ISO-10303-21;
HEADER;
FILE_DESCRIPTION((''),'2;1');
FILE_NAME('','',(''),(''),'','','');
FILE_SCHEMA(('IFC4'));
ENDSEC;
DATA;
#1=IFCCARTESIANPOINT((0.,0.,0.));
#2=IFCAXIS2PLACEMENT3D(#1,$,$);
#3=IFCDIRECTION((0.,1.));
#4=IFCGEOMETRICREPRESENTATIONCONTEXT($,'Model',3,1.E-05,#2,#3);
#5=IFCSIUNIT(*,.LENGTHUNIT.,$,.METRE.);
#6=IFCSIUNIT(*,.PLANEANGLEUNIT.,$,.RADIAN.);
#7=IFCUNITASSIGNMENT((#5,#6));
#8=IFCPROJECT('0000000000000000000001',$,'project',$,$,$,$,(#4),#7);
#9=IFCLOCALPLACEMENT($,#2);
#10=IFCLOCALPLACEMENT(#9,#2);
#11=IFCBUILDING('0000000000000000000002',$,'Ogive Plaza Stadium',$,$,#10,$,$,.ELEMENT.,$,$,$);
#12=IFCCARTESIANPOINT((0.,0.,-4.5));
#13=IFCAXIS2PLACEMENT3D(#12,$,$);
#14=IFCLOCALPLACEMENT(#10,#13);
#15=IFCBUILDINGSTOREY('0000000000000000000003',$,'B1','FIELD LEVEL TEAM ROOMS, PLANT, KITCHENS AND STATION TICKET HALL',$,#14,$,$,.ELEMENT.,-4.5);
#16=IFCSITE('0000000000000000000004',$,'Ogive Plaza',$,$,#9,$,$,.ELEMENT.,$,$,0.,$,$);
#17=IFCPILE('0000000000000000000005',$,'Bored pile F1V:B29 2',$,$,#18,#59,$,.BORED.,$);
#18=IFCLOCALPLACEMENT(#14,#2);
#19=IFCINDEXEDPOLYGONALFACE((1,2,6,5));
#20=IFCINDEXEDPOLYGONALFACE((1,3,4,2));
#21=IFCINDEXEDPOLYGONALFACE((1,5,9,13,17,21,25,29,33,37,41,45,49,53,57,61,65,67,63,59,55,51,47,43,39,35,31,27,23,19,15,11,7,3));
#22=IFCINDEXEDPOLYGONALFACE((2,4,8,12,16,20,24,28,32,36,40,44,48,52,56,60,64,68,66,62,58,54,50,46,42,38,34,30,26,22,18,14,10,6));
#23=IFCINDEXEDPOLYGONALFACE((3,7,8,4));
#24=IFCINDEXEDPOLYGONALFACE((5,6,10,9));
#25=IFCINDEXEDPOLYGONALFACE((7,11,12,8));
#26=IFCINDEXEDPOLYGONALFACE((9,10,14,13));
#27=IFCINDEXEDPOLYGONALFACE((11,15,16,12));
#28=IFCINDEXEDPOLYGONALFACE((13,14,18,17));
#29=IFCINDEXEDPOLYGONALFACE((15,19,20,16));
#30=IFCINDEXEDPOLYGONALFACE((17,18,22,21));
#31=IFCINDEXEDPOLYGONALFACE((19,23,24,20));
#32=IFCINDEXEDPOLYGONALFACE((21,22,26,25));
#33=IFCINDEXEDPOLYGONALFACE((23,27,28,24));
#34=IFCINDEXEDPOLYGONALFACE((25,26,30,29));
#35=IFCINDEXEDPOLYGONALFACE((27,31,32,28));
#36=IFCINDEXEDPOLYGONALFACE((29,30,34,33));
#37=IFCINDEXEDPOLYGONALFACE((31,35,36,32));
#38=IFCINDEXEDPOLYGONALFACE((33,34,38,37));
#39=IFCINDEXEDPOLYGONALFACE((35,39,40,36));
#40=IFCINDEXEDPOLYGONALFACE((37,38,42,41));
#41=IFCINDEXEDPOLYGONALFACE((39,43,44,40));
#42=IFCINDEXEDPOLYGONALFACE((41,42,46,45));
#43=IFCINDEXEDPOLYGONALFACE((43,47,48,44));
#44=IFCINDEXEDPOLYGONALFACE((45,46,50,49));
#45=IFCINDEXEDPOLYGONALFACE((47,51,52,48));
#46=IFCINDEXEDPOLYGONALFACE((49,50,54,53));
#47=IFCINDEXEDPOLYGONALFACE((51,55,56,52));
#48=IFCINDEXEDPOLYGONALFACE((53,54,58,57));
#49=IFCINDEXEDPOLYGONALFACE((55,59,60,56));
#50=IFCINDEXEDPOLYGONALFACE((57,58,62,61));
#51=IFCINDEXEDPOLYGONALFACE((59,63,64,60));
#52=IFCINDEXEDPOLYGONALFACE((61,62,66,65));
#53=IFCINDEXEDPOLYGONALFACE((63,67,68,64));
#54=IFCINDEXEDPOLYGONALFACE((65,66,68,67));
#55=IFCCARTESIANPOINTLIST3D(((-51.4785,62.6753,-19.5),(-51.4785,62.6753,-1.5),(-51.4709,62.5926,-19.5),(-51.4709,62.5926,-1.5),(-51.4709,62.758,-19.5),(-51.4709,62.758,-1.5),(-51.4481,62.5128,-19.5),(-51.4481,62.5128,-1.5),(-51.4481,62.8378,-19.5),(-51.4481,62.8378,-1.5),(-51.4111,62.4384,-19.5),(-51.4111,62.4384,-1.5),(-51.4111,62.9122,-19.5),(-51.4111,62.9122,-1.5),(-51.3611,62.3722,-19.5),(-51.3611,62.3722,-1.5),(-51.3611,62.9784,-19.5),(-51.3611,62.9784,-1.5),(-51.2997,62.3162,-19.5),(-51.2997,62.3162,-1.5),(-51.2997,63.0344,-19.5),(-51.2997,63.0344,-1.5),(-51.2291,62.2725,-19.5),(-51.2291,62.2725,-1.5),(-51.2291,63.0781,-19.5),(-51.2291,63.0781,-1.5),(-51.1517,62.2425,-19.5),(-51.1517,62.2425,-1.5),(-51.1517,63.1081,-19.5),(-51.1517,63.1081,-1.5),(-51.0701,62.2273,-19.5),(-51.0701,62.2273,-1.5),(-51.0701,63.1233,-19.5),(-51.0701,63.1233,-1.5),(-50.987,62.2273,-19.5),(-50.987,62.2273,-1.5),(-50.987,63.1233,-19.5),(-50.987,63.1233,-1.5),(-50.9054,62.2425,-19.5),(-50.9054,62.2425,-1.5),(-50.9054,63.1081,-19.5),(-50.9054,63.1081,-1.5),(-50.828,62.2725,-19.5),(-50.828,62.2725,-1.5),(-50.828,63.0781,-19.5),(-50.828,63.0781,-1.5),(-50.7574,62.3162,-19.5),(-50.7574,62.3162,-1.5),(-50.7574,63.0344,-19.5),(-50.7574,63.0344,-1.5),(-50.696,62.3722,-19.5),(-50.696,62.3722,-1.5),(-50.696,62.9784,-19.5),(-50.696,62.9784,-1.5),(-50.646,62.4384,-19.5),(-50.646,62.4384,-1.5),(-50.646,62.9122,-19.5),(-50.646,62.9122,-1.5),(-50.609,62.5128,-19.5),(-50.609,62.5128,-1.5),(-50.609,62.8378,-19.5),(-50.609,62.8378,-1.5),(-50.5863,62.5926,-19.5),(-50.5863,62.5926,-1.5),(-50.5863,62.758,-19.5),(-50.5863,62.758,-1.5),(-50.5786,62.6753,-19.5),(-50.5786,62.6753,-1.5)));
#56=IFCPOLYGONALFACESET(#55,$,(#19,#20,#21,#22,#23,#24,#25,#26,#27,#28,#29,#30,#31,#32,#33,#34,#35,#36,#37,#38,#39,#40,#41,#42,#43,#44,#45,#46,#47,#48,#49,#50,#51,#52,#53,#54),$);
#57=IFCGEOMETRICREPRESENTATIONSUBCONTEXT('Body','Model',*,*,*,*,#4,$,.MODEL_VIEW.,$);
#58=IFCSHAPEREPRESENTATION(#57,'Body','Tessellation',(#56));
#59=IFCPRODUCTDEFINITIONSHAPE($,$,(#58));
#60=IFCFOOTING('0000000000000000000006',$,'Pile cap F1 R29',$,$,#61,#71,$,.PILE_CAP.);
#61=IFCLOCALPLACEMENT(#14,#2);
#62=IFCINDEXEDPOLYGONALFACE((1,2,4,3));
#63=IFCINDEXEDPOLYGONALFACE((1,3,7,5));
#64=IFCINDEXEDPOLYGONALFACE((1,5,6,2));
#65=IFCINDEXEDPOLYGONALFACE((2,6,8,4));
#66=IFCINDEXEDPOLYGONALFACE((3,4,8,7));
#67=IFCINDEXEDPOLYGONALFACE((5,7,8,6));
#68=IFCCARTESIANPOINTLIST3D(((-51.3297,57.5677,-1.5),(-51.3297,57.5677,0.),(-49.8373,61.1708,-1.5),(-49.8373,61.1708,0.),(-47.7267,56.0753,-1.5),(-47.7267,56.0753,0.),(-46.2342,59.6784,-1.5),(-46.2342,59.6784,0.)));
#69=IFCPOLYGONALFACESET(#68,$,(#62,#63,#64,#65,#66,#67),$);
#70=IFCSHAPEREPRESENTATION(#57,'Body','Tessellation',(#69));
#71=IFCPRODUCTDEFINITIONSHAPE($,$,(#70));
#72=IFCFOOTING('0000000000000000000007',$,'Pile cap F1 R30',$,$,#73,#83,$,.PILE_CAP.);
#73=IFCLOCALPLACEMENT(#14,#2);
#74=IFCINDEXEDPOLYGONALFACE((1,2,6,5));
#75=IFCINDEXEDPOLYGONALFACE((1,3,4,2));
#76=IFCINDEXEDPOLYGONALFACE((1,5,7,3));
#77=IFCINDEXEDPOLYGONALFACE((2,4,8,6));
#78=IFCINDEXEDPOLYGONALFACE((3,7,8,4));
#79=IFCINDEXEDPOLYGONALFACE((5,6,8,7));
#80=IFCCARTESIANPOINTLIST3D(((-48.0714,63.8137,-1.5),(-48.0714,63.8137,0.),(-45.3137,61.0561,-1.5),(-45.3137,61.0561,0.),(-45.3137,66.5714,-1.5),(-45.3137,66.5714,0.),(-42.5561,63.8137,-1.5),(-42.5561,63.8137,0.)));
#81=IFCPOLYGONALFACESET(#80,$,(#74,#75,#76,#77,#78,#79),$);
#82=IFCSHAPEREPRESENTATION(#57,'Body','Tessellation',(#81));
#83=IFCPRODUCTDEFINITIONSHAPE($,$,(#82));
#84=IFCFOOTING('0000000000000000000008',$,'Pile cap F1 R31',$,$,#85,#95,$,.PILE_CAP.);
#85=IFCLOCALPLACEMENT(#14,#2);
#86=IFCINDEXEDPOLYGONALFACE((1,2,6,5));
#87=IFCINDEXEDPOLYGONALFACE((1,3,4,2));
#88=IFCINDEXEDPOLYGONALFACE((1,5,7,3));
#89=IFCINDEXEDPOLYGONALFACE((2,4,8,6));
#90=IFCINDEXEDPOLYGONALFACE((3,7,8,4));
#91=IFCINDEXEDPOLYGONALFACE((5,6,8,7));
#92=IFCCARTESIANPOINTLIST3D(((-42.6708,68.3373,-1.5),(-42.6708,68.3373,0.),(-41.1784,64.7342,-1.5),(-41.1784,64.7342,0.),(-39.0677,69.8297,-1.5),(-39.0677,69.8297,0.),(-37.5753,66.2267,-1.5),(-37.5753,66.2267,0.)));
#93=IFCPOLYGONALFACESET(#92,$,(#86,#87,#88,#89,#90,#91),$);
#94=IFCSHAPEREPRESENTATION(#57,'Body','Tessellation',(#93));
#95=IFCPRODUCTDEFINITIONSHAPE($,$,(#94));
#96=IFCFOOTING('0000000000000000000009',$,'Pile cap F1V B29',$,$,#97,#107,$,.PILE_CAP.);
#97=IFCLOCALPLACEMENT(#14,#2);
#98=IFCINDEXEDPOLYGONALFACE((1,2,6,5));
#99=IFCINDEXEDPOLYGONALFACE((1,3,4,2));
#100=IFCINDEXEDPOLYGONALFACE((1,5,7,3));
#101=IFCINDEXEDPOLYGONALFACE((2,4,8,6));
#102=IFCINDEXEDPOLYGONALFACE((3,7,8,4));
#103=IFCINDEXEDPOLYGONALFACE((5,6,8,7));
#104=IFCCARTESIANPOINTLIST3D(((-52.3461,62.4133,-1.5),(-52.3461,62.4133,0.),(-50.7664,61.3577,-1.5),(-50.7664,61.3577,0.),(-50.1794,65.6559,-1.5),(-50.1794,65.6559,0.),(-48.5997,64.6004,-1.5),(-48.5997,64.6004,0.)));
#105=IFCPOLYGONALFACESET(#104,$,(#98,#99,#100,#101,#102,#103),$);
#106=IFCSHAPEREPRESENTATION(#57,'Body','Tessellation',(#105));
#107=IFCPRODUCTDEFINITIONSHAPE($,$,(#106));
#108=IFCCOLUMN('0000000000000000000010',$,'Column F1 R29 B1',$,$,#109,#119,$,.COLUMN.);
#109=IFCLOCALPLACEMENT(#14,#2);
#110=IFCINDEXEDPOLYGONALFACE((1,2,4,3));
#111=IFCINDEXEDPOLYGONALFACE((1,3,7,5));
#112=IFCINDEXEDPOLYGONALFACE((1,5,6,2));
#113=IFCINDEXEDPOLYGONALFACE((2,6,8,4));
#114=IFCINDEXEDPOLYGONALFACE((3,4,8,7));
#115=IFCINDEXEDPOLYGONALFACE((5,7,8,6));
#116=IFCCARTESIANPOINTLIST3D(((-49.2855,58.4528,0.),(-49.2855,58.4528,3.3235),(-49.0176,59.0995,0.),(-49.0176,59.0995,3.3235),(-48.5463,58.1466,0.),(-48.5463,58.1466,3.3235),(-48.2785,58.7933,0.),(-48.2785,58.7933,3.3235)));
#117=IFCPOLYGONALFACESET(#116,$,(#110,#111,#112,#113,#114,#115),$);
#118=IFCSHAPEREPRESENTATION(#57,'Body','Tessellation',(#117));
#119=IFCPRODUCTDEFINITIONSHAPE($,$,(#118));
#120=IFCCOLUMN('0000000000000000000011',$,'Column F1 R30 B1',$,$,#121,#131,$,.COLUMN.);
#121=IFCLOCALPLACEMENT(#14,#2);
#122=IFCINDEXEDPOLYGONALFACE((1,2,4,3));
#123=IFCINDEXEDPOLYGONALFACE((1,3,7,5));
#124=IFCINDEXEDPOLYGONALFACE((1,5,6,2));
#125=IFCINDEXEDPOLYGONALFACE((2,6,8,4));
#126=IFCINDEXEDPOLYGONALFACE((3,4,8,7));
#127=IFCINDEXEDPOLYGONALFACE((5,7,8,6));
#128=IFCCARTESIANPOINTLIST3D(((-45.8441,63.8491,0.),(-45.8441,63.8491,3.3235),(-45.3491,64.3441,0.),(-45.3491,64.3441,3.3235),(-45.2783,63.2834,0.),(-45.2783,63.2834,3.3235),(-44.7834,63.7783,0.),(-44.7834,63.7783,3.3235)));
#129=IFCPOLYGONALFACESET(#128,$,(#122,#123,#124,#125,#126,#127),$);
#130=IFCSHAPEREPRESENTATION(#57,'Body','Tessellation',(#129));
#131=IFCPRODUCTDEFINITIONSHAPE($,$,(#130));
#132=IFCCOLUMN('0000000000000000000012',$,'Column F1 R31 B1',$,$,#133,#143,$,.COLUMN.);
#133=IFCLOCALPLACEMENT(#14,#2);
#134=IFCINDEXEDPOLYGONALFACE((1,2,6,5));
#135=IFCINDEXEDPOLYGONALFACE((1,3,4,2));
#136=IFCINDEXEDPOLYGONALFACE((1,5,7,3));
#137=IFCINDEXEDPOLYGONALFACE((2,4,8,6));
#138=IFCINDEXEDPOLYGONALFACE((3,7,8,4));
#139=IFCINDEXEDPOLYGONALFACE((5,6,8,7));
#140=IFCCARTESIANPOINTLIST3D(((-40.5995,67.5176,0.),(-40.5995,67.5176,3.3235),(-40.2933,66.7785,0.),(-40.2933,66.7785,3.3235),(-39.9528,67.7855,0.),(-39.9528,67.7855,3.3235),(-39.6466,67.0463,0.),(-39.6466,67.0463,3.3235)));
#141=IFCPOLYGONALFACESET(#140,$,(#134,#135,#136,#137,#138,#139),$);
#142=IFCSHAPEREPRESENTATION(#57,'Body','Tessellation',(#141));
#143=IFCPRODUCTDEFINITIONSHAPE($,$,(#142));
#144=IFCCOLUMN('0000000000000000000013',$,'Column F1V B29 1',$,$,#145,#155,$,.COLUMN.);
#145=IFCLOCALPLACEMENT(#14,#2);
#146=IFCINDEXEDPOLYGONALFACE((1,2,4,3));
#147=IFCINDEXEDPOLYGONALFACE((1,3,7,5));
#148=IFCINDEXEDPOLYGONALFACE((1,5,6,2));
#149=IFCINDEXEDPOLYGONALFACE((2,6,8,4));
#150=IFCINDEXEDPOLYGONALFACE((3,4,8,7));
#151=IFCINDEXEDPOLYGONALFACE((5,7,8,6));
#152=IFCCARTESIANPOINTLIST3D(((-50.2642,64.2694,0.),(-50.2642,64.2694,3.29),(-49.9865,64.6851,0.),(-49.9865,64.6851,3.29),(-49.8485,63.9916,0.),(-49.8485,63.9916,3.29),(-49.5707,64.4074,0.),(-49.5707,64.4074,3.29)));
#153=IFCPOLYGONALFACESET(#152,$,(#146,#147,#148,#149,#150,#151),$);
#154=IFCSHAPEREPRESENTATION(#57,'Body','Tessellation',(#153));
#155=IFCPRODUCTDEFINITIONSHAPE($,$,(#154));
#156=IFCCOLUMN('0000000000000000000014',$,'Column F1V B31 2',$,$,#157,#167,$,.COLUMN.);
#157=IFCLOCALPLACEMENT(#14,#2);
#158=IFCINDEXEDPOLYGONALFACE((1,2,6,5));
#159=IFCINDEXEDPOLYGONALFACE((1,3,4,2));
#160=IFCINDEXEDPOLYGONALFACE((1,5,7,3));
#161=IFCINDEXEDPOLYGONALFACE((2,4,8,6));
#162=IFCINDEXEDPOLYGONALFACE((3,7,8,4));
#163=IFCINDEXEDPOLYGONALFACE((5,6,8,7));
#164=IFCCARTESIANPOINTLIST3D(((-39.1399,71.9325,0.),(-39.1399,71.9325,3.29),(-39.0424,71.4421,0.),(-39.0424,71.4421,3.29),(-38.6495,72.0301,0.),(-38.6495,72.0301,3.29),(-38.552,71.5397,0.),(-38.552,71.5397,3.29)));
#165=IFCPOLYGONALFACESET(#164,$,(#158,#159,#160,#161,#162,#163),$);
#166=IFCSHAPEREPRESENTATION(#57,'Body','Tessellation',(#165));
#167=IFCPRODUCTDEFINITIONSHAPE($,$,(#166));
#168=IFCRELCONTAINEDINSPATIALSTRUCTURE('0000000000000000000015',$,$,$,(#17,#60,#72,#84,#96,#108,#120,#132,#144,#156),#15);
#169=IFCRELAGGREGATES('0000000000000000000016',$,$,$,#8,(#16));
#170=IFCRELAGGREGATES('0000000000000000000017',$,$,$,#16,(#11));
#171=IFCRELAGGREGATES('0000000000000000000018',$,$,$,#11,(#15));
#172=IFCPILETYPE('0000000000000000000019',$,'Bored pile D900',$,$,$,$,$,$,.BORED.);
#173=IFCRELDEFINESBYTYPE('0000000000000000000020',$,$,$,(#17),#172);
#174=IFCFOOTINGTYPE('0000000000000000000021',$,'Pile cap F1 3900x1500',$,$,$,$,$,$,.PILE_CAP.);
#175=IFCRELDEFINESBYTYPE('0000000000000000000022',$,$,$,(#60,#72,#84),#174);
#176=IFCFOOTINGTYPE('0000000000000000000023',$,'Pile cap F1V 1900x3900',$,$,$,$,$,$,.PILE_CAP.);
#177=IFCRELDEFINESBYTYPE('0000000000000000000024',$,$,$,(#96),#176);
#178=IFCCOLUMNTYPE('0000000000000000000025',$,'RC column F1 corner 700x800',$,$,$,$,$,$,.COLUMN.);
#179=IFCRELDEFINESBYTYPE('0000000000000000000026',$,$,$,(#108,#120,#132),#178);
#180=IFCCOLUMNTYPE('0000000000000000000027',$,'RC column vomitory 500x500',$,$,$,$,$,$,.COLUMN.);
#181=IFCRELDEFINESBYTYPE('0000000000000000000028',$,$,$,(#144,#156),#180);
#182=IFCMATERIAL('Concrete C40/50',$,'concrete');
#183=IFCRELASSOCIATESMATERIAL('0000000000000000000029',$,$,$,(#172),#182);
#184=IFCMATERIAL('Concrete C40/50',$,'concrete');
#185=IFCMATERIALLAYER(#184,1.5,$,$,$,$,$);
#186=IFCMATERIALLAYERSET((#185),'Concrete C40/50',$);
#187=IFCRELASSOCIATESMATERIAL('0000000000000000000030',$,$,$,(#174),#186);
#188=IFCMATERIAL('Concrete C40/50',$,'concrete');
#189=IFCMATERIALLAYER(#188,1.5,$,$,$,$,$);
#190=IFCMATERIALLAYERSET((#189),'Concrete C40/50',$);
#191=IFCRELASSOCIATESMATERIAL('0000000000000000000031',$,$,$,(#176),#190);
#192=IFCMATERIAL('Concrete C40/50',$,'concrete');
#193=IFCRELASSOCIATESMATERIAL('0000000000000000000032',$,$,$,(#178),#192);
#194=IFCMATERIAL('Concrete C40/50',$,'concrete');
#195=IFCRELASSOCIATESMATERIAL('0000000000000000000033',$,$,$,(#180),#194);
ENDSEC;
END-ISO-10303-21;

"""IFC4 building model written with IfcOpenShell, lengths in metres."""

from ifc_helpers import new_model, si_unit, direction, frame, origin, origin_2d, place, context, subcontext, project, spatial, rectangle, circle, extrude, material, layer, layer_set, material_profile, profile_set, type_object, element, save


model = new_model("IFC4")

# Units and contexts
model_context = context("Model", 3, precision=1e-05, world=origin(), true_north=direction((0.0, 1.0)))
body_context = subcontext(model_context, "Body", "Model", "MODEL_VIEW")
ifc_project = project(units=[si_unit("LENGTHUNIT", "METRE"), si_unit("PLANEANGLEUNIT", "RADIAN")], contexts=[model_context])

# Site, building, storey
site_placement = place(None, origin())
site = spatial("IfcSite", under=ifc_project, at=site_placement, Name="Ogive Plaza", CompositionType="ELEMENT", RefElevation=0.0)
building_placement = place(site_placement, origin())
building = spatial("IfcBuilding", under=site, at=building_placement, Name="Ogive Plaza Stadium", CompositionType="ELEMENT")
storey_placement = place(building_placement, frame((0.0, 0.0, -4.5)))
storey = spatial("IfcBuildingStorey", under=building, at=storey_placement, Name="B1", Description="FIELD LEVEL TEAM ROOMS, PLANT, KITCHENS AND STATION TICKET HALL", CompositionType="ELEMENT", Elevation=-4.5)

# Pile
ifc_material_1 = material(Name="Concrete C40/50", Category="concrete")
ifc_material_profile_1 = material_profile(ifc_material_1, circle(Radius=0.45, at=origin_2d()), Name="RC D900")
ifc_profile_set_1 = profile_set([ifc_material_profile_1], Name="Concrete C40/50")
pile_type = type_object("IfcPileType", Name="Bored pile D900", PredefinedType="BORED", material=ifc_profile_set_1)
for number, where, z_axis, x_axis, name in (
    (1, (-51.0286, 62.6753, -1.5), (0.0, 0.0, -1.0), (1.0, 0.0, 0.0), "Bored pile F1V:B29 2"),
):
    element("IfcPile", number, at=place(storey_placement, frame(where, z_axis=z_axis, x_axis=x_axis)), inside=storey, type_object=pile_type, Name=name, PredefinedType="BORED", context=body_context, shape_type="SweptSolid", body=[
        extrude(circle(Radius=0.45, at=origin_2d()), origin(), (0.0, 0.0, 1.0), 18.0),
    ])

# Footings
ifc_material_2 = material(Name="Concrete C40/50", Category="concrete")
ifc_layer_1 = layer(ifc_material_2, 1.5)
ifc_layer_set_1 = layer_set([ifc_layer_1], Name="Concrete C40/50")
footing_type_1 = type_object("IfcFootingType", Name="Pile cap F1 3900x1500", PredefinedType="PILE_CAP", material=ifc_layer_set_1)
for number, where, z_axis, x_axis, name in (
    (2, (-48.782, 58.623, -1.5), (0.0, 0.0, 1.0), (-0.92388, 0.382683, 0.0), "Pile cap F1 R29"),
    (3, (-45.3137, 63.8137, -1.5), (0.0, 0.0, 1.0), (-0.707107, 0.707107, 0.0), "Pile cap F1 R30"),
    (4, (-40.123, 67.282, -1.5), (0.0, 0.0, 1.0), (-0.382683, 0.92388, 0.0), "Pile cap F1 R31"),
):
    element("IfcFooting", number, at=place(storey_placement, frame(where, z_axis=z_axis, x_axis=x_axis)), inside=storey, type_object=footing_type_1, Name=name, PredefinedType="PILE_CAP", context=body_context, shape_type="SweptSolid", body=[
        extrude(rectangle(XDim=3.8999, YDim=3.8999, at=origin_2d()), origin(), (0.0, 0.0, 1.0), 1.5),
    ])
ifc_material_3 = material(Name="Concrete C40/50", Category="concrete")
ifc_layer_2 = layer(ifc_material_3, 1.5)
ifc_layer_set_2 = layer_set([ifc_layer_2], Name="Concrete C40/50")
footing_type_2 = type_object("IfcFootingType", Name="Pile cap F1V 1900x3900", PredefinedType="PILE_CAP", material=ifc_layer_set_2)
footing_placement = place(storey_placement, frame((-50.4729, 63.5068, -1.5), z_axis=(0.0, 0.0, 1.0), x_axis=(-0.83147, 0.55557, 0.0)))
element("IfcFooting", 5, at=footing_placement, inside=storey, type_object=footing_type_2, Name="Pile cap F1V B29", PredefinedType="PILE_CAP", context=body_context, shape_type="SweptSolid", body=[
    extrude(rectangle(XDim=1.8999, YDim=3.8999, at=origin_2d()), origin(), (0.0, 0.0, 1.0), 1.5),
])

# Columns
ifc_material_4 = material(Name="Concrete C40/50", Category="concrete")
ifc_material_profile_2 = material_profile(ifc_material_4, rectangle(XDim=0.7, YDim=0.8, at=origin_2d()), Name="RC 700x800")
ifc_profile_set_2 = profile_set([ifc_material_profile_2], Name="Concrete C40/50")
column_type_1 = type_object("IfcColumnType", Name="RC column F1 corner 700x800", PredefinedType="COLUMN", material=ifc_profile_set_2)
for number, where, z_axis, x_axis, name in (
    (6, (-48.782, 58.623, 0.0), (0.0, 0.0, 1.0), (-0.382683, -0.92388, 0.0), "Column F1 R29 B1"),
    (7, (-45.3137, 63.8137, 0.0), (0.0, 0.0, 1.0), (-0.707107, -0.707107, 0.0), "Column F1 R30 B1"),
    (8, (-40.123, 67.282, 0.0), (0.0, 0.0, 1.0), (-0.92388, -0.382683, 0.0), "Column F1 R31 B1"),
):
    element("IfcColumn", number, at=place(storey_placement, frame(where, z_axis=z_axis, x_axis=x_axis)), inside=storey, type_object=column_type_1, Name=name, PredefinedType="COLUMN", context=body_context, shape_type="SweptSolid", body=[
        extrude(rectangle(XDim=0.7, YDim=0.8, at=origin_2d()), origin(), (0.0, 0.0, 1.0), 3.3235),
    ])
ifc_material_5 = material(Name="Concrete C40/50", Category="concrete")
ifc_material_profile_3 = material_profile(ifc_material_5, rectangle(XDim=0.5, YDim=0.5, at=origin_2d()), Name="RC 500x500")
ifc_profile_set_3 = profile_set([ifc_material_profile_3], Name="Concrete C40/50")
column_type_2 = type_object("IfcColumnType", Name="RC column vomitory 500x500", PredefinedType="COLUMN", material=ifc_profile_set_3)
for number, where, z_axis, x_axis, name in (
    (9, (-49.9175, 64.3384, 0.0), (0.0, 0.0, 1.0), (-0.55557, -0.83147, 0.0), "Column F1V B29 1"),
    (10, (-38.8459, 71.7361, 0.0), (0.0, 0.0, 1.0), (-0.980785, -0.19509, 0.0), "Column F1V B31 2"),
):
    element("IfcColumn", number, at=place(storey_placement, frame(where, z_axis=z_axis, x_axis=x_axis)), inside=storey, type_object=column_type_2, Name=name, PredefinedType="COLUMN", context=body_context, shape_type="SweptSolid", body=[
        extrude(rectangle(XDim=0.5, YDim=0.5, at=origin_2d()), origin(), (0.0, 0.0, 1.0), 3.29),
    ])

save(model, "model.ifc")
